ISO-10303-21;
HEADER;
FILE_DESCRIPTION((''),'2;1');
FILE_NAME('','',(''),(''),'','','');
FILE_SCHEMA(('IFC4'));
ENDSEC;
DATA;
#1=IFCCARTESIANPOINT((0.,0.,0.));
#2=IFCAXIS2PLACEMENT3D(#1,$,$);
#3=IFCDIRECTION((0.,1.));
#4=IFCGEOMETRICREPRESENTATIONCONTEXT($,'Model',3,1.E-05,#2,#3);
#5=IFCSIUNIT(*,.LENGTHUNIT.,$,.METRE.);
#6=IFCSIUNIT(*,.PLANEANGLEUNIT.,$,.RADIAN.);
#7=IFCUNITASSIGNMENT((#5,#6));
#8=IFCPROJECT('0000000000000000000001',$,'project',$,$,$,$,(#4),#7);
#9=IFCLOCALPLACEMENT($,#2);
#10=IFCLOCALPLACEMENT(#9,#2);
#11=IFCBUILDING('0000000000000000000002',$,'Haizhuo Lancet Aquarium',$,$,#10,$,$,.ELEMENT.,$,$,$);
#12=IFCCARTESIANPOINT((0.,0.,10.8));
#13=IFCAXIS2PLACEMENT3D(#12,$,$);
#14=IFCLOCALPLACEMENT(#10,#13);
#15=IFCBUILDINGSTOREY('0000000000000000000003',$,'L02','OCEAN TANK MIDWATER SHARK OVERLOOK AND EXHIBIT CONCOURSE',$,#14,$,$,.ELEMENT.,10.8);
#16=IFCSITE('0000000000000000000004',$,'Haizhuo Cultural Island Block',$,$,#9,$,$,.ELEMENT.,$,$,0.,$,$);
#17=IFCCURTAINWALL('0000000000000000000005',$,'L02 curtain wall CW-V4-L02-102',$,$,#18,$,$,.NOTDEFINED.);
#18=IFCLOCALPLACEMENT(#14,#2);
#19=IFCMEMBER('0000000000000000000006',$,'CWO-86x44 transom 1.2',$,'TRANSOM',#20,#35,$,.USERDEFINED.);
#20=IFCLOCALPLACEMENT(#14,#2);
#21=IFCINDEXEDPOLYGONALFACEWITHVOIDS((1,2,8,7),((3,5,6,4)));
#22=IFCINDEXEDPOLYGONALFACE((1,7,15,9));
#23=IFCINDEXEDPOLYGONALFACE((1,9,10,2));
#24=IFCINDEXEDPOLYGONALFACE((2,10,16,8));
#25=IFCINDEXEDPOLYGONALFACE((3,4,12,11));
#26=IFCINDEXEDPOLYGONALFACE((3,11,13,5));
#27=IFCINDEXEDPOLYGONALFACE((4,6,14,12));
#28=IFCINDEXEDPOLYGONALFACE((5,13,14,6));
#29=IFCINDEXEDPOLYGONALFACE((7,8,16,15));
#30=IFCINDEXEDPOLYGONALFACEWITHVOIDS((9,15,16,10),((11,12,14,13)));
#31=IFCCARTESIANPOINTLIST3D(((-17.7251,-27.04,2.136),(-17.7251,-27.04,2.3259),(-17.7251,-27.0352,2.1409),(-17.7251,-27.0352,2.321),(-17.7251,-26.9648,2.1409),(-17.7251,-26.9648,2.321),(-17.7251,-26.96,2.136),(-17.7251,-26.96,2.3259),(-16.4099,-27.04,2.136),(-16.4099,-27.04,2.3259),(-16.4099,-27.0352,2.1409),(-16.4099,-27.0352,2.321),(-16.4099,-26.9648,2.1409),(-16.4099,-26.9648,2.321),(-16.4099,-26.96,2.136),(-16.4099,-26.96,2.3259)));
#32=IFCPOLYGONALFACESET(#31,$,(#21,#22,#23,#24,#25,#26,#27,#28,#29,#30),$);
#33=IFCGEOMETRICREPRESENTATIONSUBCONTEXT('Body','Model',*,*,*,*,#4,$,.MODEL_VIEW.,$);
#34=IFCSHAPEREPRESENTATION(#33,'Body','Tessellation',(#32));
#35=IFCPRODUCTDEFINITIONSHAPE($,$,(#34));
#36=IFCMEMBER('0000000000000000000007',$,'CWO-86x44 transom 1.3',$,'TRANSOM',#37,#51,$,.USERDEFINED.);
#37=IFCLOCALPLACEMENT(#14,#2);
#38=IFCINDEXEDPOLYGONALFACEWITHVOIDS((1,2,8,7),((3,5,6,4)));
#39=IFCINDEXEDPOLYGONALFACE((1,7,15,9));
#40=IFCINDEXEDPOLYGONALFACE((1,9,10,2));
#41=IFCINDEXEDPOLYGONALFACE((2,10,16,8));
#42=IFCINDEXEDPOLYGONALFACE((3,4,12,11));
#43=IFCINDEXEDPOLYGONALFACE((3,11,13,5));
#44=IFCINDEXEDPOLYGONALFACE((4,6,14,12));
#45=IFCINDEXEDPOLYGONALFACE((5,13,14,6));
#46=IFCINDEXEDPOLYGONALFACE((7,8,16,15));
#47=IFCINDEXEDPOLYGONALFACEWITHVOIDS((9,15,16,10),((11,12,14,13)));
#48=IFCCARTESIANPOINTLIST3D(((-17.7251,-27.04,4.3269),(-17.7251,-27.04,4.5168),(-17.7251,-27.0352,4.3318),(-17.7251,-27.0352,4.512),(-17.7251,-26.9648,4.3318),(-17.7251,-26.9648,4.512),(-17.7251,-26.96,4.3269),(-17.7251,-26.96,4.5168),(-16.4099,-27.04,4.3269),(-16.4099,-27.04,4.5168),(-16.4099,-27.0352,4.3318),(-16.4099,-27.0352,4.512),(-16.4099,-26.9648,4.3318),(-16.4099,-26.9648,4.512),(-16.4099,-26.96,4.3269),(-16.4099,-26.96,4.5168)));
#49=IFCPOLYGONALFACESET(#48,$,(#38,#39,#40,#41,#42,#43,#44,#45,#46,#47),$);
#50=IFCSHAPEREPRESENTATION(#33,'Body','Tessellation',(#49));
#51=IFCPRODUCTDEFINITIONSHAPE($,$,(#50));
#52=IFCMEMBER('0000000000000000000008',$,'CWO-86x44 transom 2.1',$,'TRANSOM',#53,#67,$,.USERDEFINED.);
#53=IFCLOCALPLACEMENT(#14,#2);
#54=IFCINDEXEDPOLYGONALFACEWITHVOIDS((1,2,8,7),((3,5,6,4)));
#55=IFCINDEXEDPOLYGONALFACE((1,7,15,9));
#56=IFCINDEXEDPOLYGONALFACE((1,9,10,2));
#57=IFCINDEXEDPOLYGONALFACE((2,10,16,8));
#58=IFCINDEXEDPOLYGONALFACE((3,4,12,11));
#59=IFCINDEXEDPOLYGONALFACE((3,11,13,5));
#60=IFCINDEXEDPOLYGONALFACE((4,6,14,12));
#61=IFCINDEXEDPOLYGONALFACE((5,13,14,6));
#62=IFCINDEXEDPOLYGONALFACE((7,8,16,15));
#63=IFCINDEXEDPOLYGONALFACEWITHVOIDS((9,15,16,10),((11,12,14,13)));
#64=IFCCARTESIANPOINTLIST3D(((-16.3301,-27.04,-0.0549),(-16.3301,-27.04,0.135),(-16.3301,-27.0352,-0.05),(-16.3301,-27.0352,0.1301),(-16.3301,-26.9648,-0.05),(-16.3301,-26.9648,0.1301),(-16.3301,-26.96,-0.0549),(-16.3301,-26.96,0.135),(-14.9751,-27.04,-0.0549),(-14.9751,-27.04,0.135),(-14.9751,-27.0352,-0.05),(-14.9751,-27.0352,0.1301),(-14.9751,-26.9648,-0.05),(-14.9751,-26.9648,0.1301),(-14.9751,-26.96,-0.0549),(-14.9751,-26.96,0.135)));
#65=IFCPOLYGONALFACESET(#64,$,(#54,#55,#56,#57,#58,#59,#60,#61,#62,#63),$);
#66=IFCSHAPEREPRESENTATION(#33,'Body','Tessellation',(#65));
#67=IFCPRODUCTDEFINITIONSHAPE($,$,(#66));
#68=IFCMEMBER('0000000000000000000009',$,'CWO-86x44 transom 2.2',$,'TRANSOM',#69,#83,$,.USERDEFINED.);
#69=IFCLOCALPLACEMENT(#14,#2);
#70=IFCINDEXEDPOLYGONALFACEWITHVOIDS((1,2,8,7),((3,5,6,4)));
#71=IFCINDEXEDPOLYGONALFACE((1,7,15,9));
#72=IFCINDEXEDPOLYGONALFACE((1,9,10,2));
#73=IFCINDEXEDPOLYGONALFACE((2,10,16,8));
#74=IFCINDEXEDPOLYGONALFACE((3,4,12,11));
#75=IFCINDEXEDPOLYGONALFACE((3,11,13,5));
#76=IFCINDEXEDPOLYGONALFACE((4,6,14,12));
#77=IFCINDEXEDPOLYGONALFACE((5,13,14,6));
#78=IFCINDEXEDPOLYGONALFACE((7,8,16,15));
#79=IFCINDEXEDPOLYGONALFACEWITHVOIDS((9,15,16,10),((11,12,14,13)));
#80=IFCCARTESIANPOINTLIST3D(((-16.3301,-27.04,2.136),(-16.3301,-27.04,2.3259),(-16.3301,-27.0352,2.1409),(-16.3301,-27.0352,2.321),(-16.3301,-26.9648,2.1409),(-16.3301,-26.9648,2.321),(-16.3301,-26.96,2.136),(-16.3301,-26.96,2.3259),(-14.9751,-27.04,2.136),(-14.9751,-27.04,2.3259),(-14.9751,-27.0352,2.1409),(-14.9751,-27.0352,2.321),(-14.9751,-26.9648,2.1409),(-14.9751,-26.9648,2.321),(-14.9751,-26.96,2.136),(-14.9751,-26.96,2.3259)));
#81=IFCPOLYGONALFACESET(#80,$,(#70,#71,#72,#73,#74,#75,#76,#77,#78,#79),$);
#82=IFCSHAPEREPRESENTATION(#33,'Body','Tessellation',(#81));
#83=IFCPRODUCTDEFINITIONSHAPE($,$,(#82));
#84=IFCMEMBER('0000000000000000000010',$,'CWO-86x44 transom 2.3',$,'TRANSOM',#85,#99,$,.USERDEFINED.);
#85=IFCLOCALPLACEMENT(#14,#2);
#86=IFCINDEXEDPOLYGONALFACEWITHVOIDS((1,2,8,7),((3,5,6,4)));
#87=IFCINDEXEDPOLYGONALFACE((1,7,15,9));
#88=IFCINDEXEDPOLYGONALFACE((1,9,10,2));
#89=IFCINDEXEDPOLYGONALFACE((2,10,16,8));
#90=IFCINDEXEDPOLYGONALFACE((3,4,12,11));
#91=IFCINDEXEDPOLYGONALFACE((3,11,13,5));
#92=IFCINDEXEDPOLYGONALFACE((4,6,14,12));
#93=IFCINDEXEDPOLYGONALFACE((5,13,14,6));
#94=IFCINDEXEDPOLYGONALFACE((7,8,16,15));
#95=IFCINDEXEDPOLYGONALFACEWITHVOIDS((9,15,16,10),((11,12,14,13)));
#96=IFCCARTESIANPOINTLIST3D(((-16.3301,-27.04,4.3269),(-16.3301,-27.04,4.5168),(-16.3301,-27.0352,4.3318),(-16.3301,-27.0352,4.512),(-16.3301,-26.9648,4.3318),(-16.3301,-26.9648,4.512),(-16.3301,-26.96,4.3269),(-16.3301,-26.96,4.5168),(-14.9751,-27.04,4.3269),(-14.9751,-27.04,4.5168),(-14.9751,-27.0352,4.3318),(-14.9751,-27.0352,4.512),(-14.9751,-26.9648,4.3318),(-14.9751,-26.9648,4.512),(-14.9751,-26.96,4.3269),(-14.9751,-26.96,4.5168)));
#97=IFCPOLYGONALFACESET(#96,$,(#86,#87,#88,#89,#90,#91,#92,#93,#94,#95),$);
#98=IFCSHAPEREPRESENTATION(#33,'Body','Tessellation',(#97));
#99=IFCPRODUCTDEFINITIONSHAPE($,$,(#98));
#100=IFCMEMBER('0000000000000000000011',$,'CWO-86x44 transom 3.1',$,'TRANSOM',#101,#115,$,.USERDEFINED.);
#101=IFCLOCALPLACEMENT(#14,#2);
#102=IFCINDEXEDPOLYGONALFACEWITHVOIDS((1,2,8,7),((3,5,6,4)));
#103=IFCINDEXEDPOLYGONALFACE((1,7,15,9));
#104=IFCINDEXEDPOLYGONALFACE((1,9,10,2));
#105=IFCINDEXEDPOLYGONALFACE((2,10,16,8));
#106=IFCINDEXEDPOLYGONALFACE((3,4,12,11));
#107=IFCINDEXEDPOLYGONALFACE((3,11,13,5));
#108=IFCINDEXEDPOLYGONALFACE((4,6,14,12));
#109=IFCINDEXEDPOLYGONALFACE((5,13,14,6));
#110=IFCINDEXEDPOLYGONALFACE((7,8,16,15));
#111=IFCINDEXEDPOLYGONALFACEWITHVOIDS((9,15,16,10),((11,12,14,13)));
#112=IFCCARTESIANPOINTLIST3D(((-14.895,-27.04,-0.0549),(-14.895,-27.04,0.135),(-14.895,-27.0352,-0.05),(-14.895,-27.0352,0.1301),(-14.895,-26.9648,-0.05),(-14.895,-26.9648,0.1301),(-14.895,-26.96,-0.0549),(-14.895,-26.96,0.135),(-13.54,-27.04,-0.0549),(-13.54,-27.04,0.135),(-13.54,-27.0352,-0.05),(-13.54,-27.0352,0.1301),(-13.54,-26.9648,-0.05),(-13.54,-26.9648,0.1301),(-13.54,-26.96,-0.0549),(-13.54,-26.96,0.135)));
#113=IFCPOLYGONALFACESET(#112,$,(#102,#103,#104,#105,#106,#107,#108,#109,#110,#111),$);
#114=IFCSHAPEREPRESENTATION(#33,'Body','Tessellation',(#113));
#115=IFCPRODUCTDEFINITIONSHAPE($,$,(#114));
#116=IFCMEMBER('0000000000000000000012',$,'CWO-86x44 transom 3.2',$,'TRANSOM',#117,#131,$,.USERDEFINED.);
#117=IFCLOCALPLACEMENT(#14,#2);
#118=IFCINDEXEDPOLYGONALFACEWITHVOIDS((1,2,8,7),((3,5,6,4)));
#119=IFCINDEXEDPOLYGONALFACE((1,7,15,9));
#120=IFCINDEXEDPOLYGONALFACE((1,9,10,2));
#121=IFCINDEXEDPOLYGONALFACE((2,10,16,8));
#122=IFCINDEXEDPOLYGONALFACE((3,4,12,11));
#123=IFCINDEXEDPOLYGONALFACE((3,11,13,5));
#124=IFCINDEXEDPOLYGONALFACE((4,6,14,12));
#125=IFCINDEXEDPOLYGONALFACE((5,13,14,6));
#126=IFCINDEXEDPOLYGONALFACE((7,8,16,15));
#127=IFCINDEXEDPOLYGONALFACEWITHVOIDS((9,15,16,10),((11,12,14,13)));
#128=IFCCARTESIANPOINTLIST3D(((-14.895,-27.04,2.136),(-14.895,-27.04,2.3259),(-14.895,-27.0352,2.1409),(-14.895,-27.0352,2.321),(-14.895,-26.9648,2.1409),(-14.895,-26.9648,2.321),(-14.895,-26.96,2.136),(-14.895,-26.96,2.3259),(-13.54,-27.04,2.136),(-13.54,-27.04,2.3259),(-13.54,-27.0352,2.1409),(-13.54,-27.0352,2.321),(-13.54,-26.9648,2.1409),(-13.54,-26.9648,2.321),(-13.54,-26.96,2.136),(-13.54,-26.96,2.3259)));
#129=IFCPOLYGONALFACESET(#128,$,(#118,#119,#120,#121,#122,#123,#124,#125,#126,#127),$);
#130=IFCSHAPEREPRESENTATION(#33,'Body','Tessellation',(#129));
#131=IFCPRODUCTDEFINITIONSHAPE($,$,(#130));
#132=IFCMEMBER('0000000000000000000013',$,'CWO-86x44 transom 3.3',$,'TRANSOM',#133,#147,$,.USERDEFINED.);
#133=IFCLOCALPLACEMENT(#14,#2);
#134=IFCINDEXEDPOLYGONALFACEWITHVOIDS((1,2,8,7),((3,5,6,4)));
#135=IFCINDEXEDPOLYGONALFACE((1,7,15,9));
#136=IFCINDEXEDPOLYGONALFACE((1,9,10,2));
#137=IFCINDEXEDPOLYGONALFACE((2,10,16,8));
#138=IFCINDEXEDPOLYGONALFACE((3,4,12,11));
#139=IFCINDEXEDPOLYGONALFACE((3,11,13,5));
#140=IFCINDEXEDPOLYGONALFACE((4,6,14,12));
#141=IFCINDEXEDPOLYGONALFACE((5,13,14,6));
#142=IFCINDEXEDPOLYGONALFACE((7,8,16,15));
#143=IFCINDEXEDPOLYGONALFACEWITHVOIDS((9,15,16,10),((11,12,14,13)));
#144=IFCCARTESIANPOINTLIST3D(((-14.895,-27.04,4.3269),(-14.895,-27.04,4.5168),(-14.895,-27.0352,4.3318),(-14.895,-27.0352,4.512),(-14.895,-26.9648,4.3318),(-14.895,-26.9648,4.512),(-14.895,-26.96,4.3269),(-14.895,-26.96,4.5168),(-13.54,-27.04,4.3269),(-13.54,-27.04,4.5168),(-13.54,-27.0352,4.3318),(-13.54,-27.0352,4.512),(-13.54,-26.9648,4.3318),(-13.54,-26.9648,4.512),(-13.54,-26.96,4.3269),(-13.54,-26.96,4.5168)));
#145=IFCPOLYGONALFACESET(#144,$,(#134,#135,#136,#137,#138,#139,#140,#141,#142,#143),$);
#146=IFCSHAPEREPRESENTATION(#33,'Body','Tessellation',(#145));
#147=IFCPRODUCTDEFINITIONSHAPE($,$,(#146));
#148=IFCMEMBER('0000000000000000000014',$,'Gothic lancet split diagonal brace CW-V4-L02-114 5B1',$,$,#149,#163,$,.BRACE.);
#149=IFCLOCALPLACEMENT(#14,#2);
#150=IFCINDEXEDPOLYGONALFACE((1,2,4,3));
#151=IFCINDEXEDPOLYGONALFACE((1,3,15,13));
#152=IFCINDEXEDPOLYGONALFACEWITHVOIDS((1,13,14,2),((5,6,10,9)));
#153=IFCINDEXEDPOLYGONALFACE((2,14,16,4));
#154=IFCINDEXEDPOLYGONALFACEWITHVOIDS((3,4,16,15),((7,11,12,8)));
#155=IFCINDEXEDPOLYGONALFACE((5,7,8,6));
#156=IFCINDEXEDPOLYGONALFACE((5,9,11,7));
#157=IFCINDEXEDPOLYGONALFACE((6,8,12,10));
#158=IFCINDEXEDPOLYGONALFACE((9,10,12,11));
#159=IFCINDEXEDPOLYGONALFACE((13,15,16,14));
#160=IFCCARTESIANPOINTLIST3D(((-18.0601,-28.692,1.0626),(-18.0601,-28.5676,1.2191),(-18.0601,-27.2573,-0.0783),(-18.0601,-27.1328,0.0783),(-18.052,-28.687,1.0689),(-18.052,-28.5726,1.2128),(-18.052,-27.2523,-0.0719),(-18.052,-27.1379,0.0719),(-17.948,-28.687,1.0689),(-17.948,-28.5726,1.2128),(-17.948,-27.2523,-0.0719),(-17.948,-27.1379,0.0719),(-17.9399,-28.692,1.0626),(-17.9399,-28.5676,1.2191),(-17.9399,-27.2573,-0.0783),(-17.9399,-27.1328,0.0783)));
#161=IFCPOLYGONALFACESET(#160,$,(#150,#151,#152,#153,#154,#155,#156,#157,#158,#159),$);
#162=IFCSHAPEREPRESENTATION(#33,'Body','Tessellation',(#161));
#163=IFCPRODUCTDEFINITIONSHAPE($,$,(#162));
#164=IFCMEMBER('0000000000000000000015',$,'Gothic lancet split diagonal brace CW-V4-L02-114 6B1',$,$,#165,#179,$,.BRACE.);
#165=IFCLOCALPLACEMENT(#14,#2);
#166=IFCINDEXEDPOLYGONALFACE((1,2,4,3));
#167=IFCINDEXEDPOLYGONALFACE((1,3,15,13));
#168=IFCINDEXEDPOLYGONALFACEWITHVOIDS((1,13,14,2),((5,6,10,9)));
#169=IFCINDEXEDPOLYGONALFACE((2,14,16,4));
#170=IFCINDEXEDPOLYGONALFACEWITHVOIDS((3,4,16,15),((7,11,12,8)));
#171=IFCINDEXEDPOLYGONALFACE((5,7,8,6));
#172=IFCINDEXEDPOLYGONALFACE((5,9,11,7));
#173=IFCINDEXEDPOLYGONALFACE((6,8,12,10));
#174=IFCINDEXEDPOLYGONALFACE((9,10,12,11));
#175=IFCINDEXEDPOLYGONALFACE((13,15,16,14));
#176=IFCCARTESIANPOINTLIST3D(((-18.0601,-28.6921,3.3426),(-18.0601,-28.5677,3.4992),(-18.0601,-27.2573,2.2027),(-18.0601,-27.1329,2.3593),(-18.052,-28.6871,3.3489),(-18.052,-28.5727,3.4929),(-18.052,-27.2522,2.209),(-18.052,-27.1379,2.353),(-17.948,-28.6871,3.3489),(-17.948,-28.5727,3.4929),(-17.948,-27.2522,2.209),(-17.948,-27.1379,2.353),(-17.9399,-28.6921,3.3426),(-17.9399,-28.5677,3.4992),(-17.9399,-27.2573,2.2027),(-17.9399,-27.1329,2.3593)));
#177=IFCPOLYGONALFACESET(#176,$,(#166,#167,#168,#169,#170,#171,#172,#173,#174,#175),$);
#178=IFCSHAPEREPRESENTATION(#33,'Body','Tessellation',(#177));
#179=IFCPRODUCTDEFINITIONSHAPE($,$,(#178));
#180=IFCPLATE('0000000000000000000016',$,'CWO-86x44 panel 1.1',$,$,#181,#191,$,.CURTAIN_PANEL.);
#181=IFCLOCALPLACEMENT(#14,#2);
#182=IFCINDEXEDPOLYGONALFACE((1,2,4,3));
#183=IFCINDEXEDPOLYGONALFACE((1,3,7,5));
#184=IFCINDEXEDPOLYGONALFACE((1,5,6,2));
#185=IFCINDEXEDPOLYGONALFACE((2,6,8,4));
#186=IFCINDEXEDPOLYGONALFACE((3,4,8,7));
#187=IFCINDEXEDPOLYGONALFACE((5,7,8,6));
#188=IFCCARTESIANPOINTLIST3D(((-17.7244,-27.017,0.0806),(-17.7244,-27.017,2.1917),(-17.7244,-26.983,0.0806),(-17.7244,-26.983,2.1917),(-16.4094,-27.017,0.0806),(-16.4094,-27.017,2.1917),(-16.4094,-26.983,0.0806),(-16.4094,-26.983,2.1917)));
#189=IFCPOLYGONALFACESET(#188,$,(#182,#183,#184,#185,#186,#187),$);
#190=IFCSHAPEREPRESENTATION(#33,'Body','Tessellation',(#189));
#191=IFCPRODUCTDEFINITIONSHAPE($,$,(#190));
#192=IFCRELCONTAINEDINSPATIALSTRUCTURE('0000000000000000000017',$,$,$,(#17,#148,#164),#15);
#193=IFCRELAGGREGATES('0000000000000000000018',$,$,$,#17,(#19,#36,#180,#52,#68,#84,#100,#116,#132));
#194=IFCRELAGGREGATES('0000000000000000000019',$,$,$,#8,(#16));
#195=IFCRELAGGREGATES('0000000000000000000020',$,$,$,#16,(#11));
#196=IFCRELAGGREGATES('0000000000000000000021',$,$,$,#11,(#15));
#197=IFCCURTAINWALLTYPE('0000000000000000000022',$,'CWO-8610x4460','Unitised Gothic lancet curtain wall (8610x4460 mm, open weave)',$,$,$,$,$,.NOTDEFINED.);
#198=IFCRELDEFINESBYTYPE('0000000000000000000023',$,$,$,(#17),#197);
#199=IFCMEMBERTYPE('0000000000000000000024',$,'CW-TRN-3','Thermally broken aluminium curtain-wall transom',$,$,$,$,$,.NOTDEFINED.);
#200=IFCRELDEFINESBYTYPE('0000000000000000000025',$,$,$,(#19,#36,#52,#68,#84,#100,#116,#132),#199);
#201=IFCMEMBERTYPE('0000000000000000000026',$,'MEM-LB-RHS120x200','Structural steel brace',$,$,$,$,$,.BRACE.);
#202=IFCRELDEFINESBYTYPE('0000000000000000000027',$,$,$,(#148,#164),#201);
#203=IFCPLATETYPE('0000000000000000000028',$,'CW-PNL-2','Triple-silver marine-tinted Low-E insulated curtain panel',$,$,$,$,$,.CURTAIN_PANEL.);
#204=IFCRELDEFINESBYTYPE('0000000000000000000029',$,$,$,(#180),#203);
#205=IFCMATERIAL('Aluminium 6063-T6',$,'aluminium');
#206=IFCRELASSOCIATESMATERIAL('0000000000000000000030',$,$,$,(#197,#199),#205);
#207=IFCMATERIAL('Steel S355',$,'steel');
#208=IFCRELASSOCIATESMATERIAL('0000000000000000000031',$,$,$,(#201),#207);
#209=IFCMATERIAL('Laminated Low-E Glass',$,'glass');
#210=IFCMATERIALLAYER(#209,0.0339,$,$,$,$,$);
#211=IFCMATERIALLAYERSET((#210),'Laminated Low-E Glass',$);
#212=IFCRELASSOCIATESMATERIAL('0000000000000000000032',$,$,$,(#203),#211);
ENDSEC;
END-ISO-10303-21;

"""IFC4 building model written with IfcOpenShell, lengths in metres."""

from ifc_helpers import new_model, si_unit, direction, frame, origin, origin_2d, place, context, subcontext, project, spatial, rectangle, hollow_rectangle, extrude, material, layer, layer_set, material_profile, profile_set, type_object, element, aggregate, save


model = new_model("IFC4")

# Units and contexts
model_context = context("Model", 3, precision=1e-05, world=origin(), true_north=direction((0.0, 1.0)))
body_context = subcontext(model_context, "Body", "Model", "MODEL_VIEW")
ifc_project = project(units=[si_unit("LENGTHUNIT", "METRE"), si_unit("PLANEANGLEUNIT", "RADIAN")], contexts=[model_context])

# Site, building, storey
site_placement = place(None, origin())
site = spatial("IfcSite", under=ifc_project, at=site_placement, Name="Haizhuo Cultural Island Block", CompositionType="ELEMENT", RefElevation=0.0)
building_placement = place(site_placement, origin())
building = spatial("IfcBuilding", under=site, at=building_placement, Name="Haizhuo Lancet Aquarium", CompositionType="ELEMENT")
storey_placement = place(building_placement, frame((0.0, 0.0, 10.8)))
storey = spatial("IfcBuildingStorey", under=building, at=storey_placement, Name="L02", Description="OCEAN TANK MIDWATER SHARK OVERLOOK AND EXHIBIT CONCOURSE", CompositionType="ELEMENT", Elevation=10.8)

# Shared definitions
ifc_material_1 = material(Name="Steel S355", Category="steel")

# Curtain wall
ifc_material_2 = material(Name="Aluminium 6063-T6", Category="aluminium")
curtain_wall_type_1 = type_object("IfcCurtainWallType", Name="CWO-8610x4460", Description="Unitised Gothic lancet curtain wall (8610x4460 mm, open weave)", PredefinedType="NOTDEFINED", material=ifc_material_2)
curtain_wall_1_placement = place(storey_placement, origin())
curtain_wall_1 = element("IfcCurtainWall", 1, at=curtain_wall_1_placement, inside=storey, type_object=curtain_wall_type_1, Name="L02 curtain wall CW-V4-L02-102", PredefinedType="NOTDEFINED")

# Members
ifc_material_profile_1 = material_profile(ifc_material_2, hollow_rectangle(XDim=0.0801, YDim=0.1899, WallThickness=0.0049, at=origin_2d()), Name="ALU-T 80x190x5")
ifc_profile_set_1 = profile_set([ifc_material_profile_1], Name="Aluminium 6063-T6")
member_type_1 = type_object("IfcMemberType", Name="CW-TRN-3", Description="Thermally broken aluminium curtain-wall transom", PredefinedType="NOTDEFINED", material=ifc_profile_set_1)
member_1_placement = place(storey_placement, frame((-17.7251, -27.0, 2.231), z_axis=(1.0, 0.0, 0.0), x_axis=(0.0, 1.0, 0.0)))
member_1 = element("IfcMember", 2, at=member_1_placement, type_object=member_type_1, Name="CWO-86x44 transom 1.2", ObjectType="TRANSOM", PredefinedType="USERDEFINED", context=body_context, shape_type="SweptSolid", body=[
    extrude(hollow_rectangle(XDim=0.0801, YDim=0.1899, WallThickness=0.0049, at=origin_2d()), origin(), (0.0, 0.0, 1.0), 1.3152),
])
member_2_placement = place(storey_placement, frame((-17.7251, -27.0, 4.4219), z_axis=(1.0, 0.0, 0.0), x_axis=(0.0, 1.0, 0.0)))
member_2 = element("IfcMember", 3, at=member_2_placement, type_object=member_type_1, Name="CWO-86x44 transom 1.3", ObjectType="TRANSOM", PredefinedType="USERDEFINED", context=body_context, shape_type="SweptSolid", body=[
    extrude(hollow_rectangle(XDim=0.0801, YDim=0.1899, WallThickness=0.0049, at=origin_2d()), origin(), (0.0, 0.0, 1.0), 1.3152),
])
member_3_placement = place(storey_placement, frame((-16.3301, -27.0, 0.04), z_axis=(1.0, 0.0, 0.0), x_axis=(0.0, 1.0, 0.0)))
member_3 = element("IfcMember", 4, at=member_3_placement, type_object=member_type_1, Name="CWO-86x44 transom 2.1", ObjectType="TRANSOM", PredefinedType="USERDEFINED", context=body_context, shape_type="SweptSolid", body=[
    extrude(hollow_rectangle(XDim=0.0801, YDim=0.1899, WallThickness=0.0049, at=origin_2d()), origin(), (0.0, 0.0, 1.0), 1.355),
])
member_4_placement = place(storey_placement, frame((-16.3301, -27.0, 2.231), z_axis=(1.0, 0.0, 0.0), x_axis=(0.0, 1.0, 0.0)))
member_4 = element("IfcMember", 5, at=member_4_placement, type_object=member_type_1, Name="CWO-86x44 transom 2.2", ObjectType="TRANSOM", PredefinedType="USERDEFINED", context=body_context, shape_type="SweptSolid", body=[
    extrude(hollow_rectangle(XDim=0.0801, YDim=0.1899, WallThickness=0.0049, at=origin_2d()), origin(), (0.0, 0.0, 1.0), 1.355),
])
member_5_placement = place(storey_placement, frame((-16.3301, -27.0, 4.4219), z_axis=(1.0, 0.0, 0.0), x_axis=(0.0, 1.0, 0.0)))
member_5 = element("IfcMember", 6, at=member_5_placement, type_object=member_type_1, Name="CWO-86x44 transom 2.3", ObjectType="TRANSOM", PredefinedType="USERDEFINED", context=body_context, shape_type="SweptSolid", body=[
    extrude(hollow_rectangle(XDim=0.0801, YDim=0.1899, WallThickness=0.0049, at=origin_2d()), origin(), (0.0, 0.0, 1.0), 1.355),
])
member_6_placement = place(storey_placement, frame((-14.895, -27.0, 0.04), z_axis=(1.0, 0.0, 0.0), x_axis=(0.0, 1.0, 0.0)))
member_6 = element("IfcMember", 7, at=member_6_placement, type_object=member_type_1, Name="CWO-86x44 transom 3.1", ObjectType="TRANSOM", PredefinedType="USERDEFINED", context=body_context, shape_type="SweptSolid", body=[
    extrude(hollow_rectangle(XDim=0.0801, YDim=0.1899, WallThickness=0.0049, at=origin_2d()), origin(), (0.0, 0.0, 1.0), 1.355),
])
member_7_placement = place(storey_placement, frame((-14.895, -27.0, 2.231), z_axis=(1.0, 0.0, 0.0), x_axis=(0.0, 1.0, 0.0)))
member_7 = element("IfcMember", 8, at=member_7_placement, type_object=member_type_1, Name="CWO-86x44 transom 3.2", ObjectType="TRANSOM", PredefinedType="USERDEFINED", context=body_context, shape_type="SweptSolid", body=[
    extrude(hollow_rectangle(XDim=0.0801, YDim=0.1899, WallThickness=0.0049, at=origin_2d()), origin(), (0.0, 0.0, 1.0), 1.355),
])
member_8_placement = place(storey_placement, frame((-14.895, -27.0, 4.4219), z_axis=(1.0, 0.0, 0.0), x_axis=(0.0, 1.0, 0.0)))
member_8 = element("IfcMember", 9, at=member_8_placement, type_object=member_type_1, Name="CWO-86x44 transom 3.3", ObjectType="TRANSOM", PredefinedType="USERDEFINED", context=body_context, shape_type="SweptSolid", body=[
    extrude(hollow_rectangle(XDim=0.0801, YDim=0.1899, WallThickness=0.0049, at=origin_2d()), origin(), (0.0, 0.0, 1.0), 1.355),
])

# Members
ifc_material_profile_2 = material_profile(ifc_material_1, hollow_rectangle(XDim=0.1201, YDim=0.2, WallThickness=0.0081, at=origin_2d()), Name="RHS 120x200x8")
ifc_profile_set_2 = profile_set([ifc_material_profile_2], Name="Steel S355")
member_type_2 = type_object("IfcMemberType", Name="MEM-LB-RHS120x200", Description="Structural steel brace", PredefinedType="BRACE", material=ifc_profile_set_2)
member_9_placement = place(storey_placement, frame((-18.0, -27.1951, 0.0), z_axis=(0.0, -0.782723, 0.62237), x_axis=(1.0, 0.0, 0.0)))
element("IfcMember", 10, at=member_9_placement, inside=storey, type_object=member_type_2, Name="Gothic lancet split diagonal brace CW-V4-L02-114 5B1", PredefinedType="BRACE", context=body_context, shape_type="SweptSolid", body=[
    extrude(hollow_rectangle(XDim=0.1201, YDim=0.2, WallThickness=0.0081, at=origin_2d()), origin(), (0.0, 0.0, 1.0), 1.833),
])
member_10_placement = place(storey_placement, frame((-18.0, -27.1951, 2.281), z_axis=(0.0, -0.782983, 0.622043), x_axis=(1.0, 0.0, 0.0)))
element("IfcMember", 11, at=member_10_placement, inside=storey, type_object=member_type_2, Name="Gothic lancet split diagonal brace CW-V4-L02-114 6B1", PredefinedType="BRACE", context=body_context, shape_type="SweptSolid", body=[
    extrude(hollow_rectangle(XDim=0.1201, YDim=0.2, WallThickness=0.0081, at=origin_2d()), origin(), (0.0, 0.0, 1.0), 1.8325),
])

# Plate
ifc_material_3 = material(Name="Laminated Low-E Glass", Category="glass")
ifc_layer = layer(ifc_material_3, 0.0339)
ifc_layer_set = layer_set([ifc_layer], Name="Laminated Low-E Glass")
plate_type = type_object("IfcPlateType", Name="CW-PNL-2", Description="Triple-silver marine-tinted Low-E insulated curtain panel", PredefinedType="CURTAIN_PANEL", material=ifc_layer_set)
plate_1_placement = place(storey_placement, frame((-17.0669, -27.0, 0.0806), z_axis=(0.0, 0.0, 1.0), x_axis=(1.0, 0.0, 0.0)))
plate_1 = element("IfcPlate", 12, at=plate_1_placement, type_object=plate_type, Name="CWO-86x44 panel 1.1", PredefinedType="CURTAIN_PANEL", context=body_context, shape_type="SweptSolid", body=[
    extrude(rectangle(XDim=1.3149, YDim=0.0339, at=origin_2d()), origin(), (0.0, 0.0, 1.0), 2.1111),
])
aggregate(curtain_wall_1, [member_1, member_2, plate_1, member_3, member_4, member_5, member_6, member_7, member_8])

save(model, "model.ifc")
